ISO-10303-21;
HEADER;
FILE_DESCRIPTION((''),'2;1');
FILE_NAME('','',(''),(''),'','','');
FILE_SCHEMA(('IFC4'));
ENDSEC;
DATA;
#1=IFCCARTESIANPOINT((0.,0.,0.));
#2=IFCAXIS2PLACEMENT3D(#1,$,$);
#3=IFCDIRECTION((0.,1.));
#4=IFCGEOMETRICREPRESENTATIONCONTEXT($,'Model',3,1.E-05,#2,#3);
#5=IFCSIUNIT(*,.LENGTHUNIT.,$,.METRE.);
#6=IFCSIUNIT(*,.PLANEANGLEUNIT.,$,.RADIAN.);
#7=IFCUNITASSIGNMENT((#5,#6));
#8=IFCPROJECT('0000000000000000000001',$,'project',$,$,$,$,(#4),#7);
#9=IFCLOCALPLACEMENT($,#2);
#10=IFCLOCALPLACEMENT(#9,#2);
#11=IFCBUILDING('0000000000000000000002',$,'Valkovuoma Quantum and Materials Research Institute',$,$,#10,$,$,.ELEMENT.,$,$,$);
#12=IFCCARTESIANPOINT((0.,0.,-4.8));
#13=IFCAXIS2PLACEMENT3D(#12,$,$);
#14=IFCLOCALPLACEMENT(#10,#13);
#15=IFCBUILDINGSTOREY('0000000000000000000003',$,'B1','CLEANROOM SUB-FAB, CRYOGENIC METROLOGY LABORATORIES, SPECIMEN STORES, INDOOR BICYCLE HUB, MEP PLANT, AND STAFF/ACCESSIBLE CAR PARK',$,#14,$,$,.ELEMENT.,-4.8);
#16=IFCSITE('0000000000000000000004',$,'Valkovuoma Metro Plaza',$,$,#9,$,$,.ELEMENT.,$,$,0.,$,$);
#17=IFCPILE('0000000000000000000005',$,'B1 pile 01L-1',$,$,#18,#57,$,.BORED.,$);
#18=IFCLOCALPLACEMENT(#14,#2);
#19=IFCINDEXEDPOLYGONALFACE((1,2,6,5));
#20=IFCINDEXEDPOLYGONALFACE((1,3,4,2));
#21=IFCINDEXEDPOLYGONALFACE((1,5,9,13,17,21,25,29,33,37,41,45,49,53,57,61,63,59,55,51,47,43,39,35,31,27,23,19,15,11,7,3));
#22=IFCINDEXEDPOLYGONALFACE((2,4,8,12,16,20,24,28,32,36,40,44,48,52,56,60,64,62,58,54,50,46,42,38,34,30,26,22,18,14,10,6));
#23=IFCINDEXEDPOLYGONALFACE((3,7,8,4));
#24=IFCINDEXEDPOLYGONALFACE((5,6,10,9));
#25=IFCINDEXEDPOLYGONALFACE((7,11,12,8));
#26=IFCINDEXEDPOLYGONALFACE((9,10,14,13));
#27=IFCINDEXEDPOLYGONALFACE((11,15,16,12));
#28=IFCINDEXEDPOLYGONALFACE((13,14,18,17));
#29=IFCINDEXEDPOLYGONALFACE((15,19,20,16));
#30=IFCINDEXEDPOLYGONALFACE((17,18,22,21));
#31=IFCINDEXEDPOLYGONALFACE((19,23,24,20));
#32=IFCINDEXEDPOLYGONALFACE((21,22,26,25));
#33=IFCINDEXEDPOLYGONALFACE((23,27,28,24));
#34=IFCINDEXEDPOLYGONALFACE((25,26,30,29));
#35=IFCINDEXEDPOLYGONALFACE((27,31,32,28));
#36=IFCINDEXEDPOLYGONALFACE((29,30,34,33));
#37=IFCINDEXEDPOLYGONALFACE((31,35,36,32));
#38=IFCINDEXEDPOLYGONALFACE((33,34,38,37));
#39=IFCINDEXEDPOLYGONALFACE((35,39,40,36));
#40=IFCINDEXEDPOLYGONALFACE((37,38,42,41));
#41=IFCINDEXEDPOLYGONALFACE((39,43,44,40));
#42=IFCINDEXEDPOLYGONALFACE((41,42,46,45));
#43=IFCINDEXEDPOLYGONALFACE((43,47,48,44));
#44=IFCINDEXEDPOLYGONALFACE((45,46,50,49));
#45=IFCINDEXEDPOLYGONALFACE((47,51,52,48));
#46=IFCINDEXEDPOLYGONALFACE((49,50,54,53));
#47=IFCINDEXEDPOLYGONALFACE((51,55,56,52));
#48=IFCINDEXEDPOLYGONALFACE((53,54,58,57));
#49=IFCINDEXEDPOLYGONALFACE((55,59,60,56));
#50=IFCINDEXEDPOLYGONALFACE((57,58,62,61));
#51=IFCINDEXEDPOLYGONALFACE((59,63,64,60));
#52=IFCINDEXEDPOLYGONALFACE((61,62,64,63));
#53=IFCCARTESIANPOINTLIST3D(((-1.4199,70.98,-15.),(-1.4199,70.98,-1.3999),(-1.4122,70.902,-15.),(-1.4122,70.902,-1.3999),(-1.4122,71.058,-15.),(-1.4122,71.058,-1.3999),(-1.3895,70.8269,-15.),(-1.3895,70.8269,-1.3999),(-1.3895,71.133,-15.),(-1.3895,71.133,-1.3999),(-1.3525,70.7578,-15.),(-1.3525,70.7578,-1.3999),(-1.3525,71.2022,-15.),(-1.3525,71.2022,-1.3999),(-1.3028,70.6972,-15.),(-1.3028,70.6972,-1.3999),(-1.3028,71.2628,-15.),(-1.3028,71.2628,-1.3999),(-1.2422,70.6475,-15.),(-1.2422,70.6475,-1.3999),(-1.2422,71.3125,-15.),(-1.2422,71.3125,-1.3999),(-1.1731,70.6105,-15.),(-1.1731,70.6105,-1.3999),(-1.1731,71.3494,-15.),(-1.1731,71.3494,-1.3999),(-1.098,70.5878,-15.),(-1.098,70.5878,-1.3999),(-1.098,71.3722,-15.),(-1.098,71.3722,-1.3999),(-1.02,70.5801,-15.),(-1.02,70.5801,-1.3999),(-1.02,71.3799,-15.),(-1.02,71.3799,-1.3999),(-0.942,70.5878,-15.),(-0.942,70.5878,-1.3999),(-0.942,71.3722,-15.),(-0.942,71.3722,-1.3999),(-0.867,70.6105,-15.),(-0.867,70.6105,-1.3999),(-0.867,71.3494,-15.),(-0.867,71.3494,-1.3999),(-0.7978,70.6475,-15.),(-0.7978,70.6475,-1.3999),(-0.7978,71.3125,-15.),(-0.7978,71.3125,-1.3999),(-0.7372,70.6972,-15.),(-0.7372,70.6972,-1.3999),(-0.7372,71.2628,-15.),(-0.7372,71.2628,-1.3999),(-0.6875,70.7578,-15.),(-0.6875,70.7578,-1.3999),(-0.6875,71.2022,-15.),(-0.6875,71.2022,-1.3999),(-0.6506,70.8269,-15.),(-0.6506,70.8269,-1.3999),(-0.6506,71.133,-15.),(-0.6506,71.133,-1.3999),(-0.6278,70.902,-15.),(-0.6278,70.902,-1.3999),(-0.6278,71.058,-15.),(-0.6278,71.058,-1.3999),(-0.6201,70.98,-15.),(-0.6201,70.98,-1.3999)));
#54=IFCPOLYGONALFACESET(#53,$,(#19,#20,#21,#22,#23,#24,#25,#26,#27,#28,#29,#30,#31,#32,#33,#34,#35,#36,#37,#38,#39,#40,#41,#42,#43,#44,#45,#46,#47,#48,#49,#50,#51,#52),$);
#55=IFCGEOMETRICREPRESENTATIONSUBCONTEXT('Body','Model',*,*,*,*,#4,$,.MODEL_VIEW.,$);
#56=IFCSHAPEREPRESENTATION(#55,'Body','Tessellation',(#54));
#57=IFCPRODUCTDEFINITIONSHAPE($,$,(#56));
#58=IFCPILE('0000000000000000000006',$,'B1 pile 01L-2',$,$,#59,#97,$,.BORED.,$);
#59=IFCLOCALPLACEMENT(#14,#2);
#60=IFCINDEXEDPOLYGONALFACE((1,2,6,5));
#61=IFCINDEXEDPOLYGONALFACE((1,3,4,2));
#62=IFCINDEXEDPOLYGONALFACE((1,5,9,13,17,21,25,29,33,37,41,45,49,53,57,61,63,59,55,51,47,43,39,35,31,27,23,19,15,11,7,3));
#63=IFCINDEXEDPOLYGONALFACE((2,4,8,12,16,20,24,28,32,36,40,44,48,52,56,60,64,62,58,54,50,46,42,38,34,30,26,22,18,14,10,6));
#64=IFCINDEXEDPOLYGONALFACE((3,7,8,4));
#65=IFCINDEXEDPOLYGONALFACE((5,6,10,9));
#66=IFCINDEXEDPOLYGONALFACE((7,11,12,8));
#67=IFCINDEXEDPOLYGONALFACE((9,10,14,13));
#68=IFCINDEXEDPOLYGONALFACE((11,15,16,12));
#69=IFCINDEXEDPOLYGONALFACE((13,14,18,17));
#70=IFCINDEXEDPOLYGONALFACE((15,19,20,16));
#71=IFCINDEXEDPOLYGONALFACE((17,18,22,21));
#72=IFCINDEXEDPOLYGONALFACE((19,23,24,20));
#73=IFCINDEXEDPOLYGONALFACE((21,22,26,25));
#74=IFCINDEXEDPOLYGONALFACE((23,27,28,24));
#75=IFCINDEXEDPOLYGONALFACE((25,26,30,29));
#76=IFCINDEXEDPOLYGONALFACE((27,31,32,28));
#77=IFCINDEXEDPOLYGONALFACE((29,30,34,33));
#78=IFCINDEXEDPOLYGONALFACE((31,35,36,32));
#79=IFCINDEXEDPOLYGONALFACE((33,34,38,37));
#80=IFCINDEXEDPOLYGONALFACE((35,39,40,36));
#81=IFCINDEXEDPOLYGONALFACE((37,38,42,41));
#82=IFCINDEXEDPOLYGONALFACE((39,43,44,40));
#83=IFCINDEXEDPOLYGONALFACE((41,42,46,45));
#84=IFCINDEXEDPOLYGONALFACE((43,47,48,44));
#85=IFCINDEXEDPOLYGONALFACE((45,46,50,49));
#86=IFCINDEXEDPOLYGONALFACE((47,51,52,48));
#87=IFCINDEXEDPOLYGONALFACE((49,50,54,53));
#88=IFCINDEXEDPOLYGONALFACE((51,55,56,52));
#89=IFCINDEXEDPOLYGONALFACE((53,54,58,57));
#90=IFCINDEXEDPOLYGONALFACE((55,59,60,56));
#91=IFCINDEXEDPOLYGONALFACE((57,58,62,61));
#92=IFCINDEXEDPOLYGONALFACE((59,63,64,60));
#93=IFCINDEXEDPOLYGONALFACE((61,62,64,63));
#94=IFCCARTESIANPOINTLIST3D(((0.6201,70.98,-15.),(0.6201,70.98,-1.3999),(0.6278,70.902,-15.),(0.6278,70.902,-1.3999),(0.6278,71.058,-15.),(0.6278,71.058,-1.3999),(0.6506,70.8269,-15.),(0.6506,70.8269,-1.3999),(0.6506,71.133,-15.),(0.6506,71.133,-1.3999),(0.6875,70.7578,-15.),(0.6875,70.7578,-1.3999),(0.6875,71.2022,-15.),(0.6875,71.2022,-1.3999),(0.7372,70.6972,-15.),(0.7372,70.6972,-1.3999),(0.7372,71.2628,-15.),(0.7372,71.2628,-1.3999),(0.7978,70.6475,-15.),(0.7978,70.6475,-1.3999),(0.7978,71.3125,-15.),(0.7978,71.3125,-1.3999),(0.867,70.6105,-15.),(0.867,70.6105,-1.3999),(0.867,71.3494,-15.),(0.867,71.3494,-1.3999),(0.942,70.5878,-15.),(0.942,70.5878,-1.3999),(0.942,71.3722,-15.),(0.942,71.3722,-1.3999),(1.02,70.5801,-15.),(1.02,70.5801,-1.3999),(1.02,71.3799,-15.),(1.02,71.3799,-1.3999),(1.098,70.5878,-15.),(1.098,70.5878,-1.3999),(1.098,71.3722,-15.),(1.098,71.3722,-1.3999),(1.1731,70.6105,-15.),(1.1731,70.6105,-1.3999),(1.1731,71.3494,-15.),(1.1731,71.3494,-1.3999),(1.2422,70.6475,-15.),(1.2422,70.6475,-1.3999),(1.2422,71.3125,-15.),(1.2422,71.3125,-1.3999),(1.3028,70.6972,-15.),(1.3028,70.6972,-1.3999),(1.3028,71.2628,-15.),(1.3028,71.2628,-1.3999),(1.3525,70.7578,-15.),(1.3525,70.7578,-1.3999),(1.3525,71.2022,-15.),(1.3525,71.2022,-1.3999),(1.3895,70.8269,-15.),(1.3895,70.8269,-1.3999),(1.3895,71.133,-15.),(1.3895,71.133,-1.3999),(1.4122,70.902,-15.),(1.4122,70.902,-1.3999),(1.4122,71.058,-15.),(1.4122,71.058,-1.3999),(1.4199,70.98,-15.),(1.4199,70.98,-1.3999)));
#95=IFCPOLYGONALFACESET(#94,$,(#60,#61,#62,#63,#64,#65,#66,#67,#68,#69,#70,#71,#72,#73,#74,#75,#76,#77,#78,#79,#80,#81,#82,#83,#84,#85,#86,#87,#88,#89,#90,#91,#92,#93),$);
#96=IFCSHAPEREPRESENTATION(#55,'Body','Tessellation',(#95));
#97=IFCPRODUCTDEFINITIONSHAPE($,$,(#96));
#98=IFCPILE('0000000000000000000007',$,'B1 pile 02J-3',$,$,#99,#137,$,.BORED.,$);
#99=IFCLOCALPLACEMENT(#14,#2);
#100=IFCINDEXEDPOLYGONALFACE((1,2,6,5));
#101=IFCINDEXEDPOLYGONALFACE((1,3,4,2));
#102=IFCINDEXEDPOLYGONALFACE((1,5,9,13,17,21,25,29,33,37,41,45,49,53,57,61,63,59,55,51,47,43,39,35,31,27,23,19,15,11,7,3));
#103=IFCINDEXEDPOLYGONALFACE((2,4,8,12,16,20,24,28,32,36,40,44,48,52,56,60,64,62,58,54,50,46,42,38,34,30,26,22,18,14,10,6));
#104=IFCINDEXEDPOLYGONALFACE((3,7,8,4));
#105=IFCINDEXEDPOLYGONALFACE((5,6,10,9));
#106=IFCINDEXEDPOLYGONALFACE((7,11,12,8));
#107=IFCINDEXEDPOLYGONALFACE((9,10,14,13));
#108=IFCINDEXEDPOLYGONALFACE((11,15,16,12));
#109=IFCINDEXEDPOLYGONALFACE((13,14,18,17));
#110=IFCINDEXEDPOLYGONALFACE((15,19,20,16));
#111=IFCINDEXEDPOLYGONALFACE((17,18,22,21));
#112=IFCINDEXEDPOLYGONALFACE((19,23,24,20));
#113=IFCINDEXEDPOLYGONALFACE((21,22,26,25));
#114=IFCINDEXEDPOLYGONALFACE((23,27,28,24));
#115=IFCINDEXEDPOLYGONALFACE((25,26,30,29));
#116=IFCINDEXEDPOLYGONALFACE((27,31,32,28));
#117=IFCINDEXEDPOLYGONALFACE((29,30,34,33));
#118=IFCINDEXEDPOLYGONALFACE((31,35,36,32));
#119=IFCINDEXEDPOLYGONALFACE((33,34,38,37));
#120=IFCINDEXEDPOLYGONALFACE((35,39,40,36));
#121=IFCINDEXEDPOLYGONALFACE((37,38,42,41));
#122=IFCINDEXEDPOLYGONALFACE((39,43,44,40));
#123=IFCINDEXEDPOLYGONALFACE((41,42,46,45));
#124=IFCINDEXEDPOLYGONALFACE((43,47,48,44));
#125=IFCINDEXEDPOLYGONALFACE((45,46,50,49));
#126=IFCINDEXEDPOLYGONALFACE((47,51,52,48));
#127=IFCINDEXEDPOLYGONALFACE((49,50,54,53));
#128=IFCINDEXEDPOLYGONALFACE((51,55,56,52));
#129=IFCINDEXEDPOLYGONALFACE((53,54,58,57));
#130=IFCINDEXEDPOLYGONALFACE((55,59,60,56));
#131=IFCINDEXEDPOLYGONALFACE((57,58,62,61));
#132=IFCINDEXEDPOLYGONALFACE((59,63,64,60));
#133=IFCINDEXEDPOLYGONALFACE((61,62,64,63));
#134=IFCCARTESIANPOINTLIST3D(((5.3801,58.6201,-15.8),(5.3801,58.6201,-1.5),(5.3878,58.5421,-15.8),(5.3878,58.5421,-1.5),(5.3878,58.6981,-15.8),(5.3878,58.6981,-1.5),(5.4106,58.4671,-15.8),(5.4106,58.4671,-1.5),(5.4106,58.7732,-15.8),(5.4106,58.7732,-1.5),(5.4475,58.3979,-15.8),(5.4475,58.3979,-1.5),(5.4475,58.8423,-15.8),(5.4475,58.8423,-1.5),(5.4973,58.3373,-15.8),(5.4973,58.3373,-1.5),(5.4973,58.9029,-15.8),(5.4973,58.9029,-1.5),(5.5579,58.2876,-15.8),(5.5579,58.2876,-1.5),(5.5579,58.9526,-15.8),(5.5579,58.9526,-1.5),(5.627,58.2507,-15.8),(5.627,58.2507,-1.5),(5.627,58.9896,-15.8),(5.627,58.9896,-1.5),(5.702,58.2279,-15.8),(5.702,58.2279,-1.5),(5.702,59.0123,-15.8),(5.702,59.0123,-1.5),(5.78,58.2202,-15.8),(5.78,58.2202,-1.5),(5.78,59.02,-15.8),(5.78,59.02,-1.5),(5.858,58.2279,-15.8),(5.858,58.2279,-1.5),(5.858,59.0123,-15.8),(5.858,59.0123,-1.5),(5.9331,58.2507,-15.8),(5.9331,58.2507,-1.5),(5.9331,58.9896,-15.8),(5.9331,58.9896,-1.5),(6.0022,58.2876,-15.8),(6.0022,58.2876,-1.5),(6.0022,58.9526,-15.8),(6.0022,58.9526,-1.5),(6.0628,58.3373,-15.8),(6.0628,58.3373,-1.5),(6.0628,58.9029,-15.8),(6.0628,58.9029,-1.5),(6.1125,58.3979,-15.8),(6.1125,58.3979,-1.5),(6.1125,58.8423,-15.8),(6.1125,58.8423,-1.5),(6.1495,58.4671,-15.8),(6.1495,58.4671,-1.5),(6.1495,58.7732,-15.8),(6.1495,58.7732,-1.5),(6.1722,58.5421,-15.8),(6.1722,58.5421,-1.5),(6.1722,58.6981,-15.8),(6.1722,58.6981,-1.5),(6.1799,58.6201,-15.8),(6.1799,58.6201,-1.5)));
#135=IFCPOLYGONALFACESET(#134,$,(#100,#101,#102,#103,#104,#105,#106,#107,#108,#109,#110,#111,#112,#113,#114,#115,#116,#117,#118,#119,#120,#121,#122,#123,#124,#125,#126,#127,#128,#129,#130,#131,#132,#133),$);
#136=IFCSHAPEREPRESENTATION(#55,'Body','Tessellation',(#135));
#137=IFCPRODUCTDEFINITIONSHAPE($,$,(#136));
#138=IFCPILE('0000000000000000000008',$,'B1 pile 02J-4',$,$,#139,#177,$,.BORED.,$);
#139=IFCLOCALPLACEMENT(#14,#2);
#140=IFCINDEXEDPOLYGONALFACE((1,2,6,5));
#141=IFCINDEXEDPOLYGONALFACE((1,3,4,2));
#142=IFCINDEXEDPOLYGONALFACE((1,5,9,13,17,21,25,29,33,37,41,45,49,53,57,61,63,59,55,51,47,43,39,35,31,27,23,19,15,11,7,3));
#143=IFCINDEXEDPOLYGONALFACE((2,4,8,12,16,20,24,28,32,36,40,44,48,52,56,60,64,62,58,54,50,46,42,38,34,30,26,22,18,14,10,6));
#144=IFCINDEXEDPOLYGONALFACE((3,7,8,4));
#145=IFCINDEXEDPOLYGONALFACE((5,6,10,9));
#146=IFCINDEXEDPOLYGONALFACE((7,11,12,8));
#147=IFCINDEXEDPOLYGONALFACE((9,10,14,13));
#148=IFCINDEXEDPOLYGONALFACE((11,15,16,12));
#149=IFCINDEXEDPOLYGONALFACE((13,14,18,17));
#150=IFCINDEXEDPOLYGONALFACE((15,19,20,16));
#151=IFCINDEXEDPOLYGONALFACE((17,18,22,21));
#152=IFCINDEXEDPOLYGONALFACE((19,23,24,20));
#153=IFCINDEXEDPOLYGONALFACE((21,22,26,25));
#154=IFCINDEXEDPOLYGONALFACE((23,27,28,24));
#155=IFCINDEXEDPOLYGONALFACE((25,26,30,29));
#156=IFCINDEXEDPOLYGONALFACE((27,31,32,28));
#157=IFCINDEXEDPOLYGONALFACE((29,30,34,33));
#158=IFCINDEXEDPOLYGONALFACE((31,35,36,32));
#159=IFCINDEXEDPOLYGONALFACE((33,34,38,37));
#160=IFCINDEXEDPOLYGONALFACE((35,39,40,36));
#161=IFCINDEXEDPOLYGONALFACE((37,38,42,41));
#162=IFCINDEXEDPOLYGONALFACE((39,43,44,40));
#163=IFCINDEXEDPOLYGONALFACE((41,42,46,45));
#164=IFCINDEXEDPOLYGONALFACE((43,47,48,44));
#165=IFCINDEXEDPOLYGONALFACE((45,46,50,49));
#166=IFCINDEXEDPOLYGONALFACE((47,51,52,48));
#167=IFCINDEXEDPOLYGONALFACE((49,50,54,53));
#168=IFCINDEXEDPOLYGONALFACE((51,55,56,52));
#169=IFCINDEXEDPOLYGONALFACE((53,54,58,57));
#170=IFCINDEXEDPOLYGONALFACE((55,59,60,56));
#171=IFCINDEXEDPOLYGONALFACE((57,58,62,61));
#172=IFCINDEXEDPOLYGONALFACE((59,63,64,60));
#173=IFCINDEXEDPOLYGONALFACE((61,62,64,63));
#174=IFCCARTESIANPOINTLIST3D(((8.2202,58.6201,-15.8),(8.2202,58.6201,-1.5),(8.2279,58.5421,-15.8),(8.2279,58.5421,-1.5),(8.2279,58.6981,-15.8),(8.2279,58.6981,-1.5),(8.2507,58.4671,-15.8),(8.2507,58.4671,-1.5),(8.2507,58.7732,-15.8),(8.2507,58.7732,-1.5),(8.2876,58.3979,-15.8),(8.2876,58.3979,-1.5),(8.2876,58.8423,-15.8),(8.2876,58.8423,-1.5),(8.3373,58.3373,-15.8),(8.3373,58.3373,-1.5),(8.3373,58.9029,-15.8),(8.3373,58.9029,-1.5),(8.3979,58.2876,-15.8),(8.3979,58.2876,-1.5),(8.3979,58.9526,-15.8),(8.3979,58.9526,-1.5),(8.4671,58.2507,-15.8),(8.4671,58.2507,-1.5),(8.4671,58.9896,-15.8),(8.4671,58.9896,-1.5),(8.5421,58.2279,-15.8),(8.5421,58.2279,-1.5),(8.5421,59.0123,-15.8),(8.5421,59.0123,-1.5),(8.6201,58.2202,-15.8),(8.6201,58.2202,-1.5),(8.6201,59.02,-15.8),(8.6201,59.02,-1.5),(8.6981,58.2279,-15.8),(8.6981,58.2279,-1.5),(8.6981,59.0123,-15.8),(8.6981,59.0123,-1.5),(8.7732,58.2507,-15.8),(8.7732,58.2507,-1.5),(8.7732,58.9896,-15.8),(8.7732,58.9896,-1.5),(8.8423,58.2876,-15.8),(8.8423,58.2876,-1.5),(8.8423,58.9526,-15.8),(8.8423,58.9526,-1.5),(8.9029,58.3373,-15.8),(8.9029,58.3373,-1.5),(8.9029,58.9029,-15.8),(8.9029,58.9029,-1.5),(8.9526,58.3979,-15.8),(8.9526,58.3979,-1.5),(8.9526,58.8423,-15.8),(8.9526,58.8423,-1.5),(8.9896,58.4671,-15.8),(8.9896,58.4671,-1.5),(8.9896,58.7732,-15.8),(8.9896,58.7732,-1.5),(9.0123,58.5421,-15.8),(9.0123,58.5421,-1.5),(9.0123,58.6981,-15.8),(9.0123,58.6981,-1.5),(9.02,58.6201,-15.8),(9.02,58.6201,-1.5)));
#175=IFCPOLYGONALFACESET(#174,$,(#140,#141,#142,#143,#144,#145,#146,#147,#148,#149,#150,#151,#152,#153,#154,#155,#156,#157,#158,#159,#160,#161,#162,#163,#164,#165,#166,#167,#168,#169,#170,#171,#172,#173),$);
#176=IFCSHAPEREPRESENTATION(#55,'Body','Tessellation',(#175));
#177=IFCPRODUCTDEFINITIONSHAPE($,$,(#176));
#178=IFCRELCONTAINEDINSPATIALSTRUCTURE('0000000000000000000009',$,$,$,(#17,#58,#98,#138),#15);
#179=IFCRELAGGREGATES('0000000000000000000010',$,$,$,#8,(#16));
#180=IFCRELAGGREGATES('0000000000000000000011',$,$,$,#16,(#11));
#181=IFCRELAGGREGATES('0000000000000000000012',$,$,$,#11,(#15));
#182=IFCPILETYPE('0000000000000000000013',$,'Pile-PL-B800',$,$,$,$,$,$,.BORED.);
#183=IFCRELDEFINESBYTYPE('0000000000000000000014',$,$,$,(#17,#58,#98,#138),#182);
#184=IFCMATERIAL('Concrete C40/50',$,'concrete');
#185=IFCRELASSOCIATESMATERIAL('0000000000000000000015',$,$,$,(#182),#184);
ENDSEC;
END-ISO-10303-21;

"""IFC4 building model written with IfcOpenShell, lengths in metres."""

from ifc_helpers import new_model, si_unit, direction, frame, origin, origin_2d, place, context, subcontext, project, spatial, circle, extrude, material, material_profile, profile_set, type_object, element, save


model = new_model("IFC4")

# Units and contexts
model_context = context("Model", 3, precision=1e-05, world=origin(), true_north=direction((0.0, 1.0)))
body_context = subcontext(model_context, "Body", "Model", "MODEL_VIEW")
ifc_project = project(units=[si_unit("LENGTHUNIT", "METRE"), si_unit("PLANEANGLEUNIT", "RADIAN")], contexts=[model_context])

# Site, building, storey
site_placement = place(None, origin())
site = spatial("IfcSite", under=ifc_project, at=site_placement, Name="Valkovuoma Metro Plaza", CompositionType="ELEMENT", RefElevation=0.0)
building_placement = place(site_placement, origin())
building = spatial("IfcBuilding", under=site, at=building_placement, Name="Valkovuoma Quantum and Materials Research Institute", CompositionType="ELEMENT")
storey_placement = place(building_placement, frame((0.0, 0.0, -4.8)))
storey = spatial("IfcBuildingStorey", under=building, at=storey_placement, Name="B1", Description="CLEANROOM SUB-FAB, CRYOGENIC METROLOGY LABORATORIES, SPECIMEN STORES, INDOOR BICYCLE HUB, MEP PLANT, AND STAFF/ACCESSIBLE CAR PARK", CompositionType="ELEMENT", Elevation=-4.8)

# Piles
ifc_material_1 = material(Name="Concrete C40/50", Category="concrete")
ifc_material_profile_1 = material_profile(ifc_material_1, circle(Radius=0.3999, at=origin_2d()), Name="Concrete C40/50")
ifc_profile_set_1 = profile_set([ifc_material_profile_1], Name="Concrete C40/50")
pile_type_1 = type_object("IfcPileType", Name="Pile-PL-B800", PredefinedType="BORED", material=ifc_profile_set_1)
for number, where, z_axis, x_axis, name in (
    (1, (-1.02, 70.98, -1.3999), (0.0, 0.0, -1.0), (1.0, 0.0, 0.0), "B1 pile 01L-1"),
    (2, (1.02, 70.98, -1.3999), (0.0, 0.0, -1.0), (1.0, 0.0, 0.0), "B1 pile 01L-2"),
):
    element("IfcPile", number, at=place(storey_placement, frame(where, z_axis=z_axis, x_axis=x_axis)), inside=storey, type_object=pile_type_1, Name=name, PredefinedType="BORED", context=body_context, shape_type="SweptSolid", body=[
        extrude(circle(Radius=0.3999, at=origin_2d()), origin(), (0.0, 0.0, 1.0), 13.6001),
    ])
for number, where, z_axis, x_axis, name in (
    (3, (5.78, 58.6201, -1.5), (0.0, 0.0, -1.0), (1.0, 0.0, 0.0), "B1 pile 02J-3"),
    (4, (8.6201, 58.6201, -1.5), (0.0, 0.0, -1.0), (1.0, 0.0, 0.0), "B1 pile 02J-4"),
):
    element("IfcPile", number, at=place(storey_placement, frame(where, z_axis=z_axis, x_axis=x_axis)), inside=storey, type_object=pile_type_1, Name=name, PredefinedType="BORED", context=body_context, shape_type="SweptSolid", body=[
        extrude(circle(Radius=0.3999, at=origin_2d()), origin(), (0.0, 0.0, 1.0), 14.3),
    ])

save(model, "model.ifc")
